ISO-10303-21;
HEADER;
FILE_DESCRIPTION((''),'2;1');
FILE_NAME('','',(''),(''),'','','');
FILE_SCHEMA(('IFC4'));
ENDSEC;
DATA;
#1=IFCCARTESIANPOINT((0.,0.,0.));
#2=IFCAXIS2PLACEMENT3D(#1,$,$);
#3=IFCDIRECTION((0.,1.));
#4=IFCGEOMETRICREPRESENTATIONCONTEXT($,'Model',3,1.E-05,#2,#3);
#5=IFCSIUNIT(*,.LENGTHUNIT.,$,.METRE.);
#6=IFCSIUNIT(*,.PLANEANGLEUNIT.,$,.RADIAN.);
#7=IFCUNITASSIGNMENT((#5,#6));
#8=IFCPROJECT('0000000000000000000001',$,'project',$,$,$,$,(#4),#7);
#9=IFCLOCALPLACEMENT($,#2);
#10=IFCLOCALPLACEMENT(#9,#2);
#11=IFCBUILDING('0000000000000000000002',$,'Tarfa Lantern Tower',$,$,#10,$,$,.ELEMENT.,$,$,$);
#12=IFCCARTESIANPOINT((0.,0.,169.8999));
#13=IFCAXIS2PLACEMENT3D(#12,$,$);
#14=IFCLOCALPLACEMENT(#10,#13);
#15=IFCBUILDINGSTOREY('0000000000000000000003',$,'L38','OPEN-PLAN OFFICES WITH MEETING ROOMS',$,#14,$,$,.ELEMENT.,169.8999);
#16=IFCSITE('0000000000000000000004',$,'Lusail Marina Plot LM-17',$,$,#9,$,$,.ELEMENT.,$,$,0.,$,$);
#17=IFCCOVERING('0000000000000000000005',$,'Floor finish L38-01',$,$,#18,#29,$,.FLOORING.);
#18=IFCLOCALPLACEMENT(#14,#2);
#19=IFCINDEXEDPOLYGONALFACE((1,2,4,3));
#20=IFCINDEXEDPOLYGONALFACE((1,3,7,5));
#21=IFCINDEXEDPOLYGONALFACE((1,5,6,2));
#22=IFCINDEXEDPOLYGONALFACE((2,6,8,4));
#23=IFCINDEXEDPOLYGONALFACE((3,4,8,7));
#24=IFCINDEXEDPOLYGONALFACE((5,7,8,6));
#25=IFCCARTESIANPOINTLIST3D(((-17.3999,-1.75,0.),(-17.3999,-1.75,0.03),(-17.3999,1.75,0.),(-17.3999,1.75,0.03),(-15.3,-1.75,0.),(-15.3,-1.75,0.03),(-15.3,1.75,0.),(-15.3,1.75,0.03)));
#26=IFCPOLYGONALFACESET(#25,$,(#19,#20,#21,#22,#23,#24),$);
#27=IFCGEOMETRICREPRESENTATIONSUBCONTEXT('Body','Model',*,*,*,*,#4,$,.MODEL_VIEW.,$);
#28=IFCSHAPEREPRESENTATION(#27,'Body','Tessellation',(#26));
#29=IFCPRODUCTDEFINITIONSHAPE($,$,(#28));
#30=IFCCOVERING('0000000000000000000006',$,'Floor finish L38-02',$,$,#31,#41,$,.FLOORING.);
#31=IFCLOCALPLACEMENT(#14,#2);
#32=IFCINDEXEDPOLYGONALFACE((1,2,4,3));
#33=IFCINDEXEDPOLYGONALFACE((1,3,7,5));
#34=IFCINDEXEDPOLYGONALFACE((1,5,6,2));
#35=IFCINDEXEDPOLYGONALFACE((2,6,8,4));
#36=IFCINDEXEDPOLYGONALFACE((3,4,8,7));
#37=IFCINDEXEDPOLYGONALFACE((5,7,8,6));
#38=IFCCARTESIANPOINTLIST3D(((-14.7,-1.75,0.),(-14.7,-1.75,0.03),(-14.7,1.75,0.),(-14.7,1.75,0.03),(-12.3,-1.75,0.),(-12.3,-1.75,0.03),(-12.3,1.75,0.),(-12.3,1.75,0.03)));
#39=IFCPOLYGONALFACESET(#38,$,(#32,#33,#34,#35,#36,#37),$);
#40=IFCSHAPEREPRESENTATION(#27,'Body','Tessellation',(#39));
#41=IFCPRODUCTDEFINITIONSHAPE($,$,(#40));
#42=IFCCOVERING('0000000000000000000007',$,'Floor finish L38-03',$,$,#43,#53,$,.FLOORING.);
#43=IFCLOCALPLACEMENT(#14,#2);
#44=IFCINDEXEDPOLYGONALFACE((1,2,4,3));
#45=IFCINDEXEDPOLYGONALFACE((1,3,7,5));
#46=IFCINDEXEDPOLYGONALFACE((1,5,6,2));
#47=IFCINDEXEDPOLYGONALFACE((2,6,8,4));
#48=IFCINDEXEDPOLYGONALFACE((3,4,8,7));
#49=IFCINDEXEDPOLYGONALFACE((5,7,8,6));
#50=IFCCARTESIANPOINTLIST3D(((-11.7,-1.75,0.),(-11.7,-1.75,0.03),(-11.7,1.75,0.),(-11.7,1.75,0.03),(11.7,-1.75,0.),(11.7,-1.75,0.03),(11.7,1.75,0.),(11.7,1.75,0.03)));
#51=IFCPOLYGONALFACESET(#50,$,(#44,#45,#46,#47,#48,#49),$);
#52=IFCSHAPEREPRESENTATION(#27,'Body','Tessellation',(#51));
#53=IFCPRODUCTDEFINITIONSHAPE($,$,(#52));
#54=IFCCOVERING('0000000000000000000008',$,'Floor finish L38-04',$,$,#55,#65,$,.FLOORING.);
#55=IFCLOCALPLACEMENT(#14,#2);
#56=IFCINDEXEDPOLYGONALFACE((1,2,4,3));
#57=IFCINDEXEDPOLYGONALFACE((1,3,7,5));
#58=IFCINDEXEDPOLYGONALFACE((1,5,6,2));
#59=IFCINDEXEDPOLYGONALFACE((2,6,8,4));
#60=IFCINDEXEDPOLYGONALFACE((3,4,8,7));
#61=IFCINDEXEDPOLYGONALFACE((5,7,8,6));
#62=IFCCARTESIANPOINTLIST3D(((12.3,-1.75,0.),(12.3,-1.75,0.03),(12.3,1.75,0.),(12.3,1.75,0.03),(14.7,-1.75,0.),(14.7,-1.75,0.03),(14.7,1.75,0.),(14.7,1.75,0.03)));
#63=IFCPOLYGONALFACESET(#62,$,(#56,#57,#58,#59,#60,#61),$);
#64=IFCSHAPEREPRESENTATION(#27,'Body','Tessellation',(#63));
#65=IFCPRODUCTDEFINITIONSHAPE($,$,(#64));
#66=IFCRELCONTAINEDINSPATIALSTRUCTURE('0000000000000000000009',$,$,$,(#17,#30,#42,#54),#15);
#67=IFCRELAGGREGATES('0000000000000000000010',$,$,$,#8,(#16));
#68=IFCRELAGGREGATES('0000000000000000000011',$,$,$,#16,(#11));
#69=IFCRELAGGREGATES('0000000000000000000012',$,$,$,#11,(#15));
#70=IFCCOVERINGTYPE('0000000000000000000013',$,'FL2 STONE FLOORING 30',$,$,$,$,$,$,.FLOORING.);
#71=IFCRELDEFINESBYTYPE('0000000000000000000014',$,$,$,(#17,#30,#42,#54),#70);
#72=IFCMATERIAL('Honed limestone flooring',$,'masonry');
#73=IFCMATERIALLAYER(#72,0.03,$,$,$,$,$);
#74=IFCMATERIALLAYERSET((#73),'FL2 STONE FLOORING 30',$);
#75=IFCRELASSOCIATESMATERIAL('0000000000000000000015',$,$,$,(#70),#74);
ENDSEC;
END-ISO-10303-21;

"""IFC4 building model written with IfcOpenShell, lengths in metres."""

from ifc_helpers import new_model, si_unit, direction, frame, origin, place, context, subcontext, project, spatial, polyline, outline, extrude, material, layer, layer_set, type_object, element, save


model = new_model("IFC4")

# Units and contexts
model_context = context("Model", 3, precision=1e-05, world=origin(), true_north=direction((0.0, 1.0)))
body_context = subcontext(model_context, "Body", "Model", "MODEL_VIEW")
ifc_project = project(units=[si_unit("LENGTHUNIT", "METRE"), si_unit("PLANEANGLEUNIT", "RADIAN")], contexts=[model_context])

# Site, building, storey
site_placement = place(None, origin())
site = spatial("IfcSite", under=ifc_project, at=site_placement, Name="Lusail Marina Plot LM-17", CompositionType="ELEMENT", RefElevation=0.0)
building_placement = place(site_placement, origin())
building = spatial("IfcBuilding", under=site, at=building_placement, Name="Tarfa Lantern Tower", CompositionType="ELEMENT")
storey_placement = place(building_placement, frame((0.0, 0.0, 169.8999)))
storey = spatial("IfcBuildingStorey", under=building, at=storey_placement, Name="L38", Description="OPEN-PLAN OFFICES WITH MEETING ROOMS", CompositionType="ELEMENT", Elevation=169.8999)

# Coverings
ifc_material_1 = material(Name="Honed limestone flooring", Category="masonry")
ifc_layer_1 = layer(ifc_material_1, 0.03)
ifc_layer_set_1 = layer_set([ifc_layer_1], Name="FL2 STONE FLOORING 30")
covering_type_1 = type_object("IfcCoveringType", Name="FL2 STONE FLOORING 30", PredefinedType="FLOORING", material=ifc_layer_set_1)
covering_1_placement = place(storey_placement, origin())
element("IfcCovering", 1, at=covering_1_placement, inside=storey, type_object=covering_type_1, Name="Floor finish L38-01", PredefinedType="FLOORING", context=body_context, shape_type="SweptSolid", body=[
    extrude(outline(polyline([(-17.3999, -1.75), (-15.3, -1.75), (-15.3, 1.75), (-17.3999, 1.75), (-17.3999, -1.75)])), origin(), (0.0, 0.0, 1.0), 0.03),
])
covering_2_placement = place(storey_placement, origin())
element("IfcCovering", 2, at=covering_2_placement, inside=storey, type_object=covering_type_1, Name="Floor finish L38-02", PredefinedType="FLOORING", context=body_context, shape_type="SweptSolid", body=[
    extrude(outline(polyline([(-14.7, -1.75), (-12.3, -1.75), (-12.3, 1.75), (-14.7, 1.75), (-14.7, -1.75)])), origin(), (0.0, 0.0, 1.0), 0.03),
])
covering_3_placement = place(storey_placement, origin())
element("IfcCovering", 3, at=covering_3_placement, inside=storey, type_object=covering_type_1, Name="Floor finish L38-03", PredefinedType="FLOORING", context=body_context, shape_type="SweptSolid", body=[
    extrude(outline(polyline([(-11.7, -1.75), (11.7, -1.75), (11.7, 1.75), (-11.7, 1.75), (-11.7, -1.75)])), origin(), (0.0, 0.0, 1.0), 0.03),
])
covering_4_placement = place(storey_placement, origin())
element("IfcCovering", 4, at=covering_4_placement, inside=storey, type_object=covering_type_1, Name="Floor finish L38-04", PredefinedType="FLOORING", context=body_context, shape_type="SweptSolid", body=[
    extrude(outline(polyline([(12.3, -1.75), (14.7, -1.75), (14.7, 1.75), (12.3, 1.75), (12.3, -1.75)])), origin(), (0.0, 0.0, 1.0), 0.03),
])

save(model, "model.ifc")
